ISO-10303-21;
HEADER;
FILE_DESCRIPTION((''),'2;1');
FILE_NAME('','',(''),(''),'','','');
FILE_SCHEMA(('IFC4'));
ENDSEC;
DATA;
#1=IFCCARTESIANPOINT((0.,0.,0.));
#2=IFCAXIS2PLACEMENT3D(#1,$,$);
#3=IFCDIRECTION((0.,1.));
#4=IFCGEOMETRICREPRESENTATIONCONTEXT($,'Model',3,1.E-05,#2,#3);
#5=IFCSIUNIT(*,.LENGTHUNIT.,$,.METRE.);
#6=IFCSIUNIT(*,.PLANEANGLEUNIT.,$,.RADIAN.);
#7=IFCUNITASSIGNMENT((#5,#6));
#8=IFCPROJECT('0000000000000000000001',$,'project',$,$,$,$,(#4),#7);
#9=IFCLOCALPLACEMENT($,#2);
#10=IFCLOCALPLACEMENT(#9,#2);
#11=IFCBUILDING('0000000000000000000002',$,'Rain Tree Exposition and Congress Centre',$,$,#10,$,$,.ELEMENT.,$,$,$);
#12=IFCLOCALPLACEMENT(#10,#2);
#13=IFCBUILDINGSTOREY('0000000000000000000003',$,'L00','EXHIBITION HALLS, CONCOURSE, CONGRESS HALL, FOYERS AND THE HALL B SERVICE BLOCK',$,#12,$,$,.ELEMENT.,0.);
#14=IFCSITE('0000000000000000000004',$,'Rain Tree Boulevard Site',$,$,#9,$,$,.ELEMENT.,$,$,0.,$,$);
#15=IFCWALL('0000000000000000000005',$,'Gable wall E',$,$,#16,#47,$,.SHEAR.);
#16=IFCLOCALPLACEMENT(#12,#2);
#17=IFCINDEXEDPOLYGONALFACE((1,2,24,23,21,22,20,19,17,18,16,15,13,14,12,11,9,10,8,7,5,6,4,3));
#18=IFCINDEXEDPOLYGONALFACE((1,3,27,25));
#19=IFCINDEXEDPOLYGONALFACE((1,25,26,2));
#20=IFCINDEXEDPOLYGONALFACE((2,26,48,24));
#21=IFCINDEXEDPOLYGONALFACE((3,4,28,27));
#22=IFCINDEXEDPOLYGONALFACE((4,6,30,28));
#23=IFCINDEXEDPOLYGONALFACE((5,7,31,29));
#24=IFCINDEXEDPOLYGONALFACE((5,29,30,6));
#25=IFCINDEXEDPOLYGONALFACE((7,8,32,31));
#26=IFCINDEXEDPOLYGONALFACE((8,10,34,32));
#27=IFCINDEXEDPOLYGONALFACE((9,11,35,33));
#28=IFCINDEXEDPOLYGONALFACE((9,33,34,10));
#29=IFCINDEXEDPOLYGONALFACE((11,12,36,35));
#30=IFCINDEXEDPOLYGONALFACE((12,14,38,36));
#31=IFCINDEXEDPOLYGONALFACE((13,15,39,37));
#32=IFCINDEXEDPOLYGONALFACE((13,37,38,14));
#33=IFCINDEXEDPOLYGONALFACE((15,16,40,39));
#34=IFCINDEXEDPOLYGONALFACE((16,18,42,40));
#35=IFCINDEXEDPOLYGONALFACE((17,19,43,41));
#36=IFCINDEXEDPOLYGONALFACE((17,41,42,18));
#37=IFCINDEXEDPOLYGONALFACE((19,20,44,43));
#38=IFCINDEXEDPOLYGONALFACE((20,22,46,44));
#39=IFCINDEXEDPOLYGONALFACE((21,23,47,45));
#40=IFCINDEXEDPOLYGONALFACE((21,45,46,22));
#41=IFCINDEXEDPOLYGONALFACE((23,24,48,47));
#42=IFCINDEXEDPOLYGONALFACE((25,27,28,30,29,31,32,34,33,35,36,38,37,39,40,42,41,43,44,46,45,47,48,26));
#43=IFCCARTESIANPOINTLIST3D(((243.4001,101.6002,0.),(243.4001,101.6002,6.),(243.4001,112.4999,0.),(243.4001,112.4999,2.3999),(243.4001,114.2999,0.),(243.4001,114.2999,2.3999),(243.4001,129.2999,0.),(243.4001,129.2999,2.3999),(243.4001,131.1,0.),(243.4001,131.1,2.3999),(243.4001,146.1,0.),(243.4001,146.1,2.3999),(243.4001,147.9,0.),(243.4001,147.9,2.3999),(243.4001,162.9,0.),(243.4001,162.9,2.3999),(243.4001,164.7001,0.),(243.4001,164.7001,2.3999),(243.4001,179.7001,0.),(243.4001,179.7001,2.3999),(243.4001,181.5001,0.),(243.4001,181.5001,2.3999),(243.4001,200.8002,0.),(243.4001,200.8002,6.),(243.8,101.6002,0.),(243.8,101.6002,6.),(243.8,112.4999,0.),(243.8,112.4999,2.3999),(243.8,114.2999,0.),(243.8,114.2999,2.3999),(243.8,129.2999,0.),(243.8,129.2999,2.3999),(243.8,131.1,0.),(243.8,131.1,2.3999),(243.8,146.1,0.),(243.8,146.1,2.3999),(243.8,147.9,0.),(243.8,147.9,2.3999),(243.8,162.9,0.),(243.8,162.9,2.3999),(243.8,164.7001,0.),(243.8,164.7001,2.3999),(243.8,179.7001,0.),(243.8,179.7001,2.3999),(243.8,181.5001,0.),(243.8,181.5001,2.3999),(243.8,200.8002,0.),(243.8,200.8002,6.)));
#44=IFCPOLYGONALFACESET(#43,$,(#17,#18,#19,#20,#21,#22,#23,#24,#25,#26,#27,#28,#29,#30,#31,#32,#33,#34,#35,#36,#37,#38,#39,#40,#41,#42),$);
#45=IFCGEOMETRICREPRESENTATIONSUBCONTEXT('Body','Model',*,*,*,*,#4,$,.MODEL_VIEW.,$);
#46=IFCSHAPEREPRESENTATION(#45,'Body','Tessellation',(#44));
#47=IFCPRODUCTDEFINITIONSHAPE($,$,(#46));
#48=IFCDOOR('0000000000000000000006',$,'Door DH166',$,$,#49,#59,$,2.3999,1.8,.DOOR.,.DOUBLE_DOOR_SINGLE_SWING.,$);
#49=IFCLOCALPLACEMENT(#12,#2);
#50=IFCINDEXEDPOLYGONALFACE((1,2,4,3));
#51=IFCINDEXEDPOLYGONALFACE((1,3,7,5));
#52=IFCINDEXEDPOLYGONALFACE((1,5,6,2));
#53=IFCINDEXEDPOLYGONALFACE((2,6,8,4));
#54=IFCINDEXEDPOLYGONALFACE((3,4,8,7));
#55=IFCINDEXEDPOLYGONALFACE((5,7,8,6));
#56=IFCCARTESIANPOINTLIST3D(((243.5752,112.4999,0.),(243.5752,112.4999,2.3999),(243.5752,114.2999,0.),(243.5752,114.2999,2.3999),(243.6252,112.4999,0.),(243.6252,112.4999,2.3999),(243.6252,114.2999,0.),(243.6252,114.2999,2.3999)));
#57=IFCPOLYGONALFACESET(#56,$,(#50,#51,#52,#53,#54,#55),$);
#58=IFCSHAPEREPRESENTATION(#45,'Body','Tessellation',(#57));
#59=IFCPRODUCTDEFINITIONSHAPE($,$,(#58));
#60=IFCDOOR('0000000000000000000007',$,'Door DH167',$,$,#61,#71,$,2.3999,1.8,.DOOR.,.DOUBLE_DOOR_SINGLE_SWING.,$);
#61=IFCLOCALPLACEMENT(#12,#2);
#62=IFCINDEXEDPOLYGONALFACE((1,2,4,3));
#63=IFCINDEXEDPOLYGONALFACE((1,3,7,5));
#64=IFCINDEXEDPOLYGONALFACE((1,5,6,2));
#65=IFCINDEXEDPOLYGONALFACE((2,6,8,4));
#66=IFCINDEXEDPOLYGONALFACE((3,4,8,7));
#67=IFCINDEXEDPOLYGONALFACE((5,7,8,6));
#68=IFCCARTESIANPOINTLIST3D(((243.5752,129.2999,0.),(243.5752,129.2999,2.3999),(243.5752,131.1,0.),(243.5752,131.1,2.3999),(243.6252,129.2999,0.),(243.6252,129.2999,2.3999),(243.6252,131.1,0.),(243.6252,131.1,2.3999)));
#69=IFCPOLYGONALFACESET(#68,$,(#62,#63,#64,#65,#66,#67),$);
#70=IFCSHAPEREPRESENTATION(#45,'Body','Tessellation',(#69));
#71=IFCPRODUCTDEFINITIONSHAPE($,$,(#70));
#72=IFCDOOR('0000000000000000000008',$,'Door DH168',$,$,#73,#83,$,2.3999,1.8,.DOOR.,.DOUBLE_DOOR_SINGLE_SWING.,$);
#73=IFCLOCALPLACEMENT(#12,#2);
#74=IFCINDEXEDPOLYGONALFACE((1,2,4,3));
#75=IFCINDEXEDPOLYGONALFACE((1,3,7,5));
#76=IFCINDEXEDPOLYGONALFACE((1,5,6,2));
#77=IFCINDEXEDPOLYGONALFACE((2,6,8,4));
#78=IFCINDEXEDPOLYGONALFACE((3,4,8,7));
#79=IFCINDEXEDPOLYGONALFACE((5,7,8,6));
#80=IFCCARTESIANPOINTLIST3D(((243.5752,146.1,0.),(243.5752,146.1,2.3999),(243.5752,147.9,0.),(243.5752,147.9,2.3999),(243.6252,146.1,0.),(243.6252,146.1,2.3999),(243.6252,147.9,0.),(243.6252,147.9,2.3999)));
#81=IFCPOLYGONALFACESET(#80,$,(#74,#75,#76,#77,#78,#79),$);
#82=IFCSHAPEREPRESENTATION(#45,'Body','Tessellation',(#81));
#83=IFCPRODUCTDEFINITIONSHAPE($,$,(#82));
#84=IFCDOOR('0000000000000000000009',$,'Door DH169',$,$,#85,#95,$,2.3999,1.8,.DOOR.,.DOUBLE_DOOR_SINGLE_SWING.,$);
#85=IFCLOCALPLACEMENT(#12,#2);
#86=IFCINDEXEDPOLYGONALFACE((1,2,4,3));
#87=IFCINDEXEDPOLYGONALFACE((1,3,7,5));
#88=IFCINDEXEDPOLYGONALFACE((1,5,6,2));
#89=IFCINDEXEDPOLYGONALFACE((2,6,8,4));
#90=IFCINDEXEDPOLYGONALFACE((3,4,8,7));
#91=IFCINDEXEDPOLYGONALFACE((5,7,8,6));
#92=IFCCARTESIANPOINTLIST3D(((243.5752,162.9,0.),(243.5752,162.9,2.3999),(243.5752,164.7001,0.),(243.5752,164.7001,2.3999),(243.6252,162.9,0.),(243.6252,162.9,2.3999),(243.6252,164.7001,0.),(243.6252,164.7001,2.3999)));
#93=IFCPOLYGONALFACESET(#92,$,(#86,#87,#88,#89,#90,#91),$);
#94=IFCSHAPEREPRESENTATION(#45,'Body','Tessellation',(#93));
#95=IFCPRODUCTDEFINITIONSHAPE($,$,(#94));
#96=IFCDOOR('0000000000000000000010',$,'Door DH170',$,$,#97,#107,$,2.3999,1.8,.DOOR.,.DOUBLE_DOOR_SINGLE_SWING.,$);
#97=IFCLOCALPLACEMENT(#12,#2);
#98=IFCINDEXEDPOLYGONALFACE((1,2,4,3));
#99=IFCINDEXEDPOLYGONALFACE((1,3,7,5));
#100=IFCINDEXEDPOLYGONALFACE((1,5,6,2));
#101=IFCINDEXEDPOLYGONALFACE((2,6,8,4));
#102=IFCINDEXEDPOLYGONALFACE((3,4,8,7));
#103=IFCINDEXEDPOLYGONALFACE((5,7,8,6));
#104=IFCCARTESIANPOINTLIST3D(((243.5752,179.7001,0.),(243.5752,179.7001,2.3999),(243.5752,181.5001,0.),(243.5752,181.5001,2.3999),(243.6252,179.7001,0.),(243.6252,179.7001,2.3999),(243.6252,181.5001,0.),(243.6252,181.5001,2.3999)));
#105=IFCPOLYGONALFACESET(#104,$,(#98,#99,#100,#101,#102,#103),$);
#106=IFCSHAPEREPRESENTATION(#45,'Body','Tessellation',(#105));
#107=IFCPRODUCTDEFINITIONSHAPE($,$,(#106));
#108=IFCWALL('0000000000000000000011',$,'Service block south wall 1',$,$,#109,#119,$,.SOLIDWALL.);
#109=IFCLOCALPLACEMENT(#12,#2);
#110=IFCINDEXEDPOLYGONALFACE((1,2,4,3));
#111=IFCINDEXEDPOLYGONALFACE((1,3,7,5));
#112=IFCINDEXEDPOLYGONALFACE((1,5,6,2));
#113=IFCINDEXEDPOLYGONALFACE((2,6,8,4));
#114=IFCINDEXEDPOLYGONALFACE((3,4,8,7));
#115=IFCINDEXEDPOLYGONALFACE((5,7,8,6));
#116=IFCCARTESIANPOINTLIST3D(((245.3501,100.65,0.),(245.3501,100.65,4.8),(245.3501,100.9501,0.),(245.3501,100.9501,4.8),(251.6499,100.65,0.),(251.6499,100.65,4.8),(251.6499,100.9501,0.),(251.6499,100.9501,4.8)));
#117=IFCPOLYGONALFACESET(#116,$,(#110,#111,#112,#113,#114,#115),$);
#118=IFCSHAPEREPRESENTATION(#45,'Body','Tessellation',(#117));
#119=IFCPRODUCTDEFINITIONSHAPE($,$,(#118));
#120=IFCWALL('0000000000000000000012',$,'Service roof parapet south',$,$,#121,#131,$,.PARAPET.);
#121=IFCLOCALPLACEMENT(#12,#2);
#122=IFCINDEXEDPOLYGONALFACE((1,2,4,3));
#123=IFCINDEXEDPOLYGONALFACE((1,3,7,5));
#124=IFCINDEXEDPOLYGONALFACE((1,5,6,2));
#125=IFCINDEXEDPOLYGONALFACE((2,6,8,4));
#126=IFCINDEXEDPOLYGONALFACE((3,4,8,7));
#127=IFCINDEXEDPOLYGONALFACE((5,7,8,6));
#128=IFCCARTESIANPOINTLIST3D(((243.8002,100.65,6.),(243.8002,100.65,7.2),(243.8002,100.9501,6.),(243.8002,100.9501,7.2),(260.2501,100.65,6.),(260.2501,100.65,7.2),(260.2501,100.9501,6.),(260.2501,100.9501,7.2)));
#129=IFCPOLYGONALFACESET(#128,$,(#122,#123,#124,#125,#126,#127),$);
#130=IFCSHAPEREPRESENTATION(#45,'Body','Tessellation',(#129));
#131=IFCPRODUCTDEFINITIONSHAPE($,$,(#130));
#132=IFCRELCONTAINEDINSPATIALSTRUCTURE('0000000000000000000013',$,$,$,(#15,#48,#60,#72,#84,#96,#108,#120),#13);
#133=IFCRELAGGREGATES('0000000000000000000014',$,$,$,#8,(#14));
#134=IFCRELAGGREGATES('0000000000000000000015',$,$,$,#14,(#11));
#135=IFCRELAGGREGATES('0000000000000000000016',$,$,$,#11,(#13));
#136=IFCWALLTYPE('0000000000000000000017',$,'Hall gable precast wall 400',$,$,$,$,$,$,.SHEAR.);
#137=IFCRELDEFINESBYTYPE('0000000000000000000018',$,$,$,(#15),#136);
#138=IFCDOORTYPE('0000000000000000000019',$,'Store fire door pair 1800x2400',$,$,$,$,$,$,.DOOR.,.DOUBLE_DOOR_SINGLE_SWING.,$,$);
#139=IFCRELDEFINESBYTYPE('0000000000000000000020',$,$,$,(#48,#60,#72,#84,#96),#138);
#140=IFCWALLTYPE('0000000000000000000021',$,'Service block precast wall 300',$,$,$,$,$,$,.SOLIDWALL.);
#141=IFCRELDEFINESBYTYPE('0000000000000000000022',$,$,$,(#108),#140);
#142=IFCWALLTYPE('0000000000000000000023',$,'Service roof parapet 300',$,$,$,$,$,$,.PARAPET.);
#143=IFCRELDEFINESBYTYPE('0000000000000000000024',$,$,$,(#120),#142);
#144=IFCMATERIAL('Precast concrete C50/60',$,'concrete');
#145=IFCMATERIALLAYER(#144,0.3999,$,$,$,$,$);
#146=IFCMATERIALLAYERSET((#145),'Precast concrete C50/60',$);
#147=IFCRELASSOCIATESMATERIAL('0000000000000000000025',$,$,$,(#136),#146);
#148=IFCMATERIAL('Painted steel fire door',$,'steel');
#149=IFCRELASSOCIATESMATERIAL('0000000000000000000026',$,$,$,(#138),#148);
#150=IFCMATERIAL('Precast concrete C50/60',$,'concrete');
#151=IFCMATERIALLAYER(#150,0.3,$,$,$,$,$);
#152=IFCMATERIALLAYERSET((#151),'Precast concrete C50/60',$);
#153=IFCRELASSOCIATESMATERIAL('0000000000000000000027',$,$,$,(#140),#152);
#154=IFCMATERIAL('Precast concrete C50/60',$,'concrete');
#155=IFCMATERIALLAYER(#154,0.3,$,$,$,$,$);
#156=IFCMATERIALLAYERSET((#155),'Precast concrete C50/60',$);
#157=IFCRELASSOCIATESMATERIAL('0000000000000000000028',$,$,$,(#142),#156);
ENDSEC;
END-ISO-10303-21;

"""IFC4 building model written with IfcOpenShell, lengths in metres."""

from ifc_helpers import new_model, si_unit, direction, frame, frame_2d, origin, place, context, subcontext, project, spatial, rectangle, extrude, material, layer, layer_set, type_object, element, fill, save


model = new_model("IFC4")

# Units and contexts
model_context = context("Model", 3, precision=1e-05, world=origin(), true_north=direction((0.0, 1.0)))
body_context = subcontext(model_context, "Body", "Model", "MODEL_VIEW")
ifc_project = project(units=[si_unit("LENGTHUNIT", "METRE"), si_unit("PLANEANGLEUNIT", "RADIAN")], contexts=[model_context])

# Site, building, storey
site_placement = place(None, origin())
site = spatial("IfcSite", under=ifc_project, at=site_placement, Name="Rain Tree Boulevard Site", CompositionType="ELEMENT", RefElevation=0.0)
building_placement = place(site_placement, origin())
building = spatial("IfcBuilding", under=site, at=building_placement, Name="Rain Tree Exposition and Congress Centre", CompositionType="ELEMENT")
storey_placement = place(building_placement, origin())
storey = spatial("IfcBuildingStorey", under=building, at=storey_placement, Name="L00", Description="EXHIBITION HALLS, CONCOURSE, CONGRESS HALL, FOYERS AND THE HALL B SERVICE BLOCK", CompositionType="ELEMENT", Elevation=0.0)

# Wall, openings, doors
ifc_material_1 = material(Name="Precast concrete C50/60", Category="concrete")
ifc_layer_1 = layer(ifc_material_1, 0.3999)
ifc_layer_set_1 = layer_set([ifc_layer_1], Name="Precast concrete C50/60")
wall_type_1 = type_object("IfcWallType", Name="Hall gable precast wall 400", PredefinedType="SHEAR", material=ifc_layer_set_1)
wall_1_placement = place(storey_placement, frame((243.6001, 101.6001, 0.0), z_axis=(0.0, 0.0, 1.0), x_axis=(0.0, 1.0, 0.0)))
wall_1 = element("IfcWall", 1, at=wall_1_placement, inside=storey, type_object=wall_type_1, Name="Gable wall E", PredefinedType="SHEAR", context=body_context, shape_type="SweptSolid", body=[
    extrude(rectangle(XDim=99.2, YDim=0.3999, at=frame_2d((49.6001, 0.0))), origin(), (0.0, 0.0, 1.0), 6.0),
])
opening_1_placement = place(wall_1_placement, frame((10.8999, 0.0, 0.0)))
opening_1 = element("IfcOpeningElement", 2, at=opening_1_placement, cuts=wall_1, PredefinedType="OPENING", context=body_context, shape_type="SweptSolid", body=[
    extrude(rectangle(XDim=1.8, YDim=2.3999, at=frame_2d((0.8999, 1.2))), frame((0.0, 0.2, 0.0), z_axis=(0.0, -1.0, 0.0), x_axis=(1.0, 0.0, 0.0)), (0.0, 0.0, 1.0), 0.3999),
])
opening_2_placement = place(wall_1_placement, frame((27.7, 0.0, 0.0)))
opening_2 = element("IfcOpeningElement", 3, at=opening_2_placement, cuts=wall_1, PredefinedType="OPENING", context=body_context, shape_type="SweptSolid", body=[
    extrude(rectangle(XDim=1.8, YDim=2.3999, at=frame_2d((0.8999, 1.2))), frame((0.0, 0.2, 0.0), z_axis=(0.0, -1.0, 0.0), x_axis=(1.0, 0.0, 0.0)), (0.0, 0.0, 1.0), 0.3999),
])
opening_3_placement = place(wall_1_placement, frame((44.5, 0.0, 0.0)))
opening_3 = element("IfcOpeningElement", 4, at=opening_3_placement, cuts=wall_1, PredefinedType="OPENING", context=body_context, shape_type="SweptSolid", body=[
    extrude(rectangle(XDim=1.8, YDim=2.3999, at=frame_2d((0.8999, 1.2))), frame((0.0, 0.2, 0.0), z_axis=(0.0, -1.0, 0.0), x_axis=(1.0, 0.0, 0.0)), (0.0, 0.0, 1.0), 0.3999),
])
opening_4_placement = place(wall_1_placement, frame((61.3, 0.0, 0.0)))
opening_4 = element("IfcOpeningElement", 5, at=opening_4_placement, cuts=wall_1, PredefinedType="OPENING", context=body_context, shape_type="SweptSolid", body=[
    extrude(rectangle(XDim=1.8, YDim=2.3999, at=frame_2d((0.8999, 1.2))), frame((0.0, 0.2, 0.0), z_axis=(0.0, -1.0, 0.0), x_axis=(1.0, 0.0, 0.0)), (0.0, 0.0, 1.0), 0.3999),
])
opening_5_placement = place(wall_1_placement, frame((78.1001, 0.0, 0.0)))
opening_5 = element("IfcOpeningElement", 6, at=opening_5_placement, cuts=wall_1, PredefinedType="OPENING", context=body_context, shape_type="SweptSolid", body=[
    extrude(rectangle(XDim=1.8, YDim=2.3999, at=frame_2d((0.8999, 1.2))), frame((0.0, 0.2, 0.0), z_axis=(0.0, -1.0, 0.0), x_axis=(1.0, 0.0, 0.0)), (0.0, 0.0, 1.0), 0.3999),
])
ifc_material_2 = material(Name="Painted steel fire door", Category="steel")
door_type = type_object("IfcDoorType", Name="Store fire door pair 1800x2400", OperationType="DOUBLE_DOOR_SINGLE_SWING", PredefinedType="DOOR", material=ifc_material_2)
door_1_placement = place(opening_1_placement, origin())
door_1 = element("IfcDoor", 7, at=door_1_placement, inside=storey, type_object=door_type, Name="Door DH166", OperationType="DOUBLE_DOOR_SINGLE_SWING", OverallHeight=2.3999, OverallWidth=1.8, PredefinedType="DOOR", context=body_context, shape_type="SweptSolid", body=[
    extrude(rectangle(XDim=1.8, YDim=2.3999, at=frame_2d((0.8999, 1.2))), frame((0.0, 0.0249, 0.0), z_axis=(0.0, -1.0, 0.0), x_axis=(1.0, 0.0, 0.0)), (0.0, 0.0, 1.0), 0.05),
])
fill(opening_1, door_1)
door_2_placement = place(opening_2_placement, origin())
door_2 = element("IfcDoor", 8, at=door_2_placement, inside=storey, type_object=door_type, Name="Door DH167", OperationType="DOUBLE_DOOR_SINGLE_SWING", OverallHeight=2.3999, OverallWidth=1.8, PredefinedType="DOOR", context=body_context, shape_type="SweptSolid", body=[
    extrude(rectangle(XDim=1.8, YDim=2.3999, at=frame_2d((0.8999, 1.2))), frame((0.0, 0.0249, 0.0), z_axis=(0.0, -1.0, 0.0), x_axis=(1.0, 0.0, 0.0)), (0.0, 0.0, 1.0), 0.05),
])
fill(opening_2, door_2)
door_3_placement = place(opening_3_placement, origin())
door_3 = element("IfcDoor", 9, at=door_3_placement, inside=storey, type_object=door_type, Name="Door DH168", OperationType="DOUBLE_DOOR_SINGLE_SWING", OverallHeight=2.3999, OverallWidth=1.8, PredefinedType="DOOR", context=body_context, shape_type="SweptSolid", body=[
    extrude(rectangle(XDim=1.8, YDim=2.3999, at=frame_2d((0.8999, 1.2))), frame((0.0, 0.0249, 0.0), z_axis=(0.0, -1.0, 0.0), x_axis=(1.0, 0.0, 0.0)), (0.0, 0.0, 1.0), 0.05),
])
fill(opening_3, door_3)
door_4_placement = place(opening_4_placement, origin())
door_4 = element("IfcDoor", 10, at=door_4_placement, inside=storey, type_object=door_type, Name="Door DH169", OperationType="DOUBLE_DOOR_SINGLE_SWING", OverallHeight=2.3999, OverallWidth=1.8, PredefinedType="DOOR", context=body_context, shape_type="SweptSolid", body=[
    extrude(rectangle(XDim=1.8, YDim=2.3999, at=frame_2d((0.8999, 1.2))), frame((0.0, 0.0249, 0.0), z_axis=(0.0, -1.0, 0.0), x_axis=(1.0, 0.0, 0.0)), (0.0, 0.0, 1.0), 0.05),
])
fill(opening_4, door_4)
door_5_placement = place(opening_5_placement, origin())
door_5 = element("IfcDoor", 11, at=door_5_placement, inside=storey, type_object=door_type, Name="Door DH170", OperationType="DOUBLE_DOOR_SINGLE_SWING", OverallHeight=2.3999, OverallWidth=1.8, PredefinedType="DOOR", context=body_context, shape_type="SweptSolid", body=[
    extrude(rectangle(XDim=1.8, YDim=2.3999, at=frame_2d((0.8999, 1.2))), frame((0.0, 0.0249, 0.0), z_axis=(0.0, -1.0, 0.0), x_axis=(1.0, 0.0, 0.0)), (0.0, 0.0, 1.0), 0.05),
])
fill(opening_5, door_5)

# Walls
ifc_material_3 = material(Name="Precast concrete C50/60", Category="concrete")
ifc_layer_2 = layer(ifc_material_3, 0.3)
ifc_layer_set_2 = layer_set([ifc_layer_2], Name="Precast concrete C50/60")
wall_type_2 = type_object("IfcWallType", Name="Service block precast wall 300", PredefinedType="SOLIDWALL", material=ifc_layer_set_2)
wall_2_placement = place(storey_placement, frame((245.3501, 100.8, 0.0), z_axis=(0.0, 0.0, 1.0), x_axis=(1.0, 0.0, 0.0)))
element("IfcWall", 12, at=wall_2_placement, inside=storey, type_object=wall_type_2, Name="Service block south wall 1", PredefinedType="SOLIDWALL", context=body_context, shape_type="SweptSolid", body=[
    extrude(rectangle(XDim=6.2998, YDim=0.3, at=frame_2d((3.1499, 0.0))), origin(), (0.0, 0.0, 1.0), 4.8),
])
ifc_material_4 = material(Name="Precast concrete C50/60", Category="concrete")
ifc_layer_3 = layer(ifc_material_4, 0.3)
ifc_layer_set_3 = layer_set([ifc_layer_3], Name="Precast concrete C50/60")
wall_type_3 = type_object("IfcWallType", Name="Service roof parapet 300", PredefinedType="PARAPET", material=ifc_layer_set_3)
wall_3_placement = place(storey_placement, frame((243.8, 100.8, 6.0), z_axis=(0.0, 0.0, 1.0), x_axis=(1.0, 0.0, 0.0)))
element("IfcWall", 13, at=wall_3_placement, inside=storey, type_object=wall_type_3, Name="Service roof parapet south", PredefinedType="PARAPET", context=body_context, shape_type="SweptSolid", body=[
    extrude(rectangle(XDim=16.45, YDim=0.3, at=frame_2d((8.2251, 0.0))), origin(), (0.0, 0.0, 1.0), 1.2),
])

save(model, "model.ifc")
